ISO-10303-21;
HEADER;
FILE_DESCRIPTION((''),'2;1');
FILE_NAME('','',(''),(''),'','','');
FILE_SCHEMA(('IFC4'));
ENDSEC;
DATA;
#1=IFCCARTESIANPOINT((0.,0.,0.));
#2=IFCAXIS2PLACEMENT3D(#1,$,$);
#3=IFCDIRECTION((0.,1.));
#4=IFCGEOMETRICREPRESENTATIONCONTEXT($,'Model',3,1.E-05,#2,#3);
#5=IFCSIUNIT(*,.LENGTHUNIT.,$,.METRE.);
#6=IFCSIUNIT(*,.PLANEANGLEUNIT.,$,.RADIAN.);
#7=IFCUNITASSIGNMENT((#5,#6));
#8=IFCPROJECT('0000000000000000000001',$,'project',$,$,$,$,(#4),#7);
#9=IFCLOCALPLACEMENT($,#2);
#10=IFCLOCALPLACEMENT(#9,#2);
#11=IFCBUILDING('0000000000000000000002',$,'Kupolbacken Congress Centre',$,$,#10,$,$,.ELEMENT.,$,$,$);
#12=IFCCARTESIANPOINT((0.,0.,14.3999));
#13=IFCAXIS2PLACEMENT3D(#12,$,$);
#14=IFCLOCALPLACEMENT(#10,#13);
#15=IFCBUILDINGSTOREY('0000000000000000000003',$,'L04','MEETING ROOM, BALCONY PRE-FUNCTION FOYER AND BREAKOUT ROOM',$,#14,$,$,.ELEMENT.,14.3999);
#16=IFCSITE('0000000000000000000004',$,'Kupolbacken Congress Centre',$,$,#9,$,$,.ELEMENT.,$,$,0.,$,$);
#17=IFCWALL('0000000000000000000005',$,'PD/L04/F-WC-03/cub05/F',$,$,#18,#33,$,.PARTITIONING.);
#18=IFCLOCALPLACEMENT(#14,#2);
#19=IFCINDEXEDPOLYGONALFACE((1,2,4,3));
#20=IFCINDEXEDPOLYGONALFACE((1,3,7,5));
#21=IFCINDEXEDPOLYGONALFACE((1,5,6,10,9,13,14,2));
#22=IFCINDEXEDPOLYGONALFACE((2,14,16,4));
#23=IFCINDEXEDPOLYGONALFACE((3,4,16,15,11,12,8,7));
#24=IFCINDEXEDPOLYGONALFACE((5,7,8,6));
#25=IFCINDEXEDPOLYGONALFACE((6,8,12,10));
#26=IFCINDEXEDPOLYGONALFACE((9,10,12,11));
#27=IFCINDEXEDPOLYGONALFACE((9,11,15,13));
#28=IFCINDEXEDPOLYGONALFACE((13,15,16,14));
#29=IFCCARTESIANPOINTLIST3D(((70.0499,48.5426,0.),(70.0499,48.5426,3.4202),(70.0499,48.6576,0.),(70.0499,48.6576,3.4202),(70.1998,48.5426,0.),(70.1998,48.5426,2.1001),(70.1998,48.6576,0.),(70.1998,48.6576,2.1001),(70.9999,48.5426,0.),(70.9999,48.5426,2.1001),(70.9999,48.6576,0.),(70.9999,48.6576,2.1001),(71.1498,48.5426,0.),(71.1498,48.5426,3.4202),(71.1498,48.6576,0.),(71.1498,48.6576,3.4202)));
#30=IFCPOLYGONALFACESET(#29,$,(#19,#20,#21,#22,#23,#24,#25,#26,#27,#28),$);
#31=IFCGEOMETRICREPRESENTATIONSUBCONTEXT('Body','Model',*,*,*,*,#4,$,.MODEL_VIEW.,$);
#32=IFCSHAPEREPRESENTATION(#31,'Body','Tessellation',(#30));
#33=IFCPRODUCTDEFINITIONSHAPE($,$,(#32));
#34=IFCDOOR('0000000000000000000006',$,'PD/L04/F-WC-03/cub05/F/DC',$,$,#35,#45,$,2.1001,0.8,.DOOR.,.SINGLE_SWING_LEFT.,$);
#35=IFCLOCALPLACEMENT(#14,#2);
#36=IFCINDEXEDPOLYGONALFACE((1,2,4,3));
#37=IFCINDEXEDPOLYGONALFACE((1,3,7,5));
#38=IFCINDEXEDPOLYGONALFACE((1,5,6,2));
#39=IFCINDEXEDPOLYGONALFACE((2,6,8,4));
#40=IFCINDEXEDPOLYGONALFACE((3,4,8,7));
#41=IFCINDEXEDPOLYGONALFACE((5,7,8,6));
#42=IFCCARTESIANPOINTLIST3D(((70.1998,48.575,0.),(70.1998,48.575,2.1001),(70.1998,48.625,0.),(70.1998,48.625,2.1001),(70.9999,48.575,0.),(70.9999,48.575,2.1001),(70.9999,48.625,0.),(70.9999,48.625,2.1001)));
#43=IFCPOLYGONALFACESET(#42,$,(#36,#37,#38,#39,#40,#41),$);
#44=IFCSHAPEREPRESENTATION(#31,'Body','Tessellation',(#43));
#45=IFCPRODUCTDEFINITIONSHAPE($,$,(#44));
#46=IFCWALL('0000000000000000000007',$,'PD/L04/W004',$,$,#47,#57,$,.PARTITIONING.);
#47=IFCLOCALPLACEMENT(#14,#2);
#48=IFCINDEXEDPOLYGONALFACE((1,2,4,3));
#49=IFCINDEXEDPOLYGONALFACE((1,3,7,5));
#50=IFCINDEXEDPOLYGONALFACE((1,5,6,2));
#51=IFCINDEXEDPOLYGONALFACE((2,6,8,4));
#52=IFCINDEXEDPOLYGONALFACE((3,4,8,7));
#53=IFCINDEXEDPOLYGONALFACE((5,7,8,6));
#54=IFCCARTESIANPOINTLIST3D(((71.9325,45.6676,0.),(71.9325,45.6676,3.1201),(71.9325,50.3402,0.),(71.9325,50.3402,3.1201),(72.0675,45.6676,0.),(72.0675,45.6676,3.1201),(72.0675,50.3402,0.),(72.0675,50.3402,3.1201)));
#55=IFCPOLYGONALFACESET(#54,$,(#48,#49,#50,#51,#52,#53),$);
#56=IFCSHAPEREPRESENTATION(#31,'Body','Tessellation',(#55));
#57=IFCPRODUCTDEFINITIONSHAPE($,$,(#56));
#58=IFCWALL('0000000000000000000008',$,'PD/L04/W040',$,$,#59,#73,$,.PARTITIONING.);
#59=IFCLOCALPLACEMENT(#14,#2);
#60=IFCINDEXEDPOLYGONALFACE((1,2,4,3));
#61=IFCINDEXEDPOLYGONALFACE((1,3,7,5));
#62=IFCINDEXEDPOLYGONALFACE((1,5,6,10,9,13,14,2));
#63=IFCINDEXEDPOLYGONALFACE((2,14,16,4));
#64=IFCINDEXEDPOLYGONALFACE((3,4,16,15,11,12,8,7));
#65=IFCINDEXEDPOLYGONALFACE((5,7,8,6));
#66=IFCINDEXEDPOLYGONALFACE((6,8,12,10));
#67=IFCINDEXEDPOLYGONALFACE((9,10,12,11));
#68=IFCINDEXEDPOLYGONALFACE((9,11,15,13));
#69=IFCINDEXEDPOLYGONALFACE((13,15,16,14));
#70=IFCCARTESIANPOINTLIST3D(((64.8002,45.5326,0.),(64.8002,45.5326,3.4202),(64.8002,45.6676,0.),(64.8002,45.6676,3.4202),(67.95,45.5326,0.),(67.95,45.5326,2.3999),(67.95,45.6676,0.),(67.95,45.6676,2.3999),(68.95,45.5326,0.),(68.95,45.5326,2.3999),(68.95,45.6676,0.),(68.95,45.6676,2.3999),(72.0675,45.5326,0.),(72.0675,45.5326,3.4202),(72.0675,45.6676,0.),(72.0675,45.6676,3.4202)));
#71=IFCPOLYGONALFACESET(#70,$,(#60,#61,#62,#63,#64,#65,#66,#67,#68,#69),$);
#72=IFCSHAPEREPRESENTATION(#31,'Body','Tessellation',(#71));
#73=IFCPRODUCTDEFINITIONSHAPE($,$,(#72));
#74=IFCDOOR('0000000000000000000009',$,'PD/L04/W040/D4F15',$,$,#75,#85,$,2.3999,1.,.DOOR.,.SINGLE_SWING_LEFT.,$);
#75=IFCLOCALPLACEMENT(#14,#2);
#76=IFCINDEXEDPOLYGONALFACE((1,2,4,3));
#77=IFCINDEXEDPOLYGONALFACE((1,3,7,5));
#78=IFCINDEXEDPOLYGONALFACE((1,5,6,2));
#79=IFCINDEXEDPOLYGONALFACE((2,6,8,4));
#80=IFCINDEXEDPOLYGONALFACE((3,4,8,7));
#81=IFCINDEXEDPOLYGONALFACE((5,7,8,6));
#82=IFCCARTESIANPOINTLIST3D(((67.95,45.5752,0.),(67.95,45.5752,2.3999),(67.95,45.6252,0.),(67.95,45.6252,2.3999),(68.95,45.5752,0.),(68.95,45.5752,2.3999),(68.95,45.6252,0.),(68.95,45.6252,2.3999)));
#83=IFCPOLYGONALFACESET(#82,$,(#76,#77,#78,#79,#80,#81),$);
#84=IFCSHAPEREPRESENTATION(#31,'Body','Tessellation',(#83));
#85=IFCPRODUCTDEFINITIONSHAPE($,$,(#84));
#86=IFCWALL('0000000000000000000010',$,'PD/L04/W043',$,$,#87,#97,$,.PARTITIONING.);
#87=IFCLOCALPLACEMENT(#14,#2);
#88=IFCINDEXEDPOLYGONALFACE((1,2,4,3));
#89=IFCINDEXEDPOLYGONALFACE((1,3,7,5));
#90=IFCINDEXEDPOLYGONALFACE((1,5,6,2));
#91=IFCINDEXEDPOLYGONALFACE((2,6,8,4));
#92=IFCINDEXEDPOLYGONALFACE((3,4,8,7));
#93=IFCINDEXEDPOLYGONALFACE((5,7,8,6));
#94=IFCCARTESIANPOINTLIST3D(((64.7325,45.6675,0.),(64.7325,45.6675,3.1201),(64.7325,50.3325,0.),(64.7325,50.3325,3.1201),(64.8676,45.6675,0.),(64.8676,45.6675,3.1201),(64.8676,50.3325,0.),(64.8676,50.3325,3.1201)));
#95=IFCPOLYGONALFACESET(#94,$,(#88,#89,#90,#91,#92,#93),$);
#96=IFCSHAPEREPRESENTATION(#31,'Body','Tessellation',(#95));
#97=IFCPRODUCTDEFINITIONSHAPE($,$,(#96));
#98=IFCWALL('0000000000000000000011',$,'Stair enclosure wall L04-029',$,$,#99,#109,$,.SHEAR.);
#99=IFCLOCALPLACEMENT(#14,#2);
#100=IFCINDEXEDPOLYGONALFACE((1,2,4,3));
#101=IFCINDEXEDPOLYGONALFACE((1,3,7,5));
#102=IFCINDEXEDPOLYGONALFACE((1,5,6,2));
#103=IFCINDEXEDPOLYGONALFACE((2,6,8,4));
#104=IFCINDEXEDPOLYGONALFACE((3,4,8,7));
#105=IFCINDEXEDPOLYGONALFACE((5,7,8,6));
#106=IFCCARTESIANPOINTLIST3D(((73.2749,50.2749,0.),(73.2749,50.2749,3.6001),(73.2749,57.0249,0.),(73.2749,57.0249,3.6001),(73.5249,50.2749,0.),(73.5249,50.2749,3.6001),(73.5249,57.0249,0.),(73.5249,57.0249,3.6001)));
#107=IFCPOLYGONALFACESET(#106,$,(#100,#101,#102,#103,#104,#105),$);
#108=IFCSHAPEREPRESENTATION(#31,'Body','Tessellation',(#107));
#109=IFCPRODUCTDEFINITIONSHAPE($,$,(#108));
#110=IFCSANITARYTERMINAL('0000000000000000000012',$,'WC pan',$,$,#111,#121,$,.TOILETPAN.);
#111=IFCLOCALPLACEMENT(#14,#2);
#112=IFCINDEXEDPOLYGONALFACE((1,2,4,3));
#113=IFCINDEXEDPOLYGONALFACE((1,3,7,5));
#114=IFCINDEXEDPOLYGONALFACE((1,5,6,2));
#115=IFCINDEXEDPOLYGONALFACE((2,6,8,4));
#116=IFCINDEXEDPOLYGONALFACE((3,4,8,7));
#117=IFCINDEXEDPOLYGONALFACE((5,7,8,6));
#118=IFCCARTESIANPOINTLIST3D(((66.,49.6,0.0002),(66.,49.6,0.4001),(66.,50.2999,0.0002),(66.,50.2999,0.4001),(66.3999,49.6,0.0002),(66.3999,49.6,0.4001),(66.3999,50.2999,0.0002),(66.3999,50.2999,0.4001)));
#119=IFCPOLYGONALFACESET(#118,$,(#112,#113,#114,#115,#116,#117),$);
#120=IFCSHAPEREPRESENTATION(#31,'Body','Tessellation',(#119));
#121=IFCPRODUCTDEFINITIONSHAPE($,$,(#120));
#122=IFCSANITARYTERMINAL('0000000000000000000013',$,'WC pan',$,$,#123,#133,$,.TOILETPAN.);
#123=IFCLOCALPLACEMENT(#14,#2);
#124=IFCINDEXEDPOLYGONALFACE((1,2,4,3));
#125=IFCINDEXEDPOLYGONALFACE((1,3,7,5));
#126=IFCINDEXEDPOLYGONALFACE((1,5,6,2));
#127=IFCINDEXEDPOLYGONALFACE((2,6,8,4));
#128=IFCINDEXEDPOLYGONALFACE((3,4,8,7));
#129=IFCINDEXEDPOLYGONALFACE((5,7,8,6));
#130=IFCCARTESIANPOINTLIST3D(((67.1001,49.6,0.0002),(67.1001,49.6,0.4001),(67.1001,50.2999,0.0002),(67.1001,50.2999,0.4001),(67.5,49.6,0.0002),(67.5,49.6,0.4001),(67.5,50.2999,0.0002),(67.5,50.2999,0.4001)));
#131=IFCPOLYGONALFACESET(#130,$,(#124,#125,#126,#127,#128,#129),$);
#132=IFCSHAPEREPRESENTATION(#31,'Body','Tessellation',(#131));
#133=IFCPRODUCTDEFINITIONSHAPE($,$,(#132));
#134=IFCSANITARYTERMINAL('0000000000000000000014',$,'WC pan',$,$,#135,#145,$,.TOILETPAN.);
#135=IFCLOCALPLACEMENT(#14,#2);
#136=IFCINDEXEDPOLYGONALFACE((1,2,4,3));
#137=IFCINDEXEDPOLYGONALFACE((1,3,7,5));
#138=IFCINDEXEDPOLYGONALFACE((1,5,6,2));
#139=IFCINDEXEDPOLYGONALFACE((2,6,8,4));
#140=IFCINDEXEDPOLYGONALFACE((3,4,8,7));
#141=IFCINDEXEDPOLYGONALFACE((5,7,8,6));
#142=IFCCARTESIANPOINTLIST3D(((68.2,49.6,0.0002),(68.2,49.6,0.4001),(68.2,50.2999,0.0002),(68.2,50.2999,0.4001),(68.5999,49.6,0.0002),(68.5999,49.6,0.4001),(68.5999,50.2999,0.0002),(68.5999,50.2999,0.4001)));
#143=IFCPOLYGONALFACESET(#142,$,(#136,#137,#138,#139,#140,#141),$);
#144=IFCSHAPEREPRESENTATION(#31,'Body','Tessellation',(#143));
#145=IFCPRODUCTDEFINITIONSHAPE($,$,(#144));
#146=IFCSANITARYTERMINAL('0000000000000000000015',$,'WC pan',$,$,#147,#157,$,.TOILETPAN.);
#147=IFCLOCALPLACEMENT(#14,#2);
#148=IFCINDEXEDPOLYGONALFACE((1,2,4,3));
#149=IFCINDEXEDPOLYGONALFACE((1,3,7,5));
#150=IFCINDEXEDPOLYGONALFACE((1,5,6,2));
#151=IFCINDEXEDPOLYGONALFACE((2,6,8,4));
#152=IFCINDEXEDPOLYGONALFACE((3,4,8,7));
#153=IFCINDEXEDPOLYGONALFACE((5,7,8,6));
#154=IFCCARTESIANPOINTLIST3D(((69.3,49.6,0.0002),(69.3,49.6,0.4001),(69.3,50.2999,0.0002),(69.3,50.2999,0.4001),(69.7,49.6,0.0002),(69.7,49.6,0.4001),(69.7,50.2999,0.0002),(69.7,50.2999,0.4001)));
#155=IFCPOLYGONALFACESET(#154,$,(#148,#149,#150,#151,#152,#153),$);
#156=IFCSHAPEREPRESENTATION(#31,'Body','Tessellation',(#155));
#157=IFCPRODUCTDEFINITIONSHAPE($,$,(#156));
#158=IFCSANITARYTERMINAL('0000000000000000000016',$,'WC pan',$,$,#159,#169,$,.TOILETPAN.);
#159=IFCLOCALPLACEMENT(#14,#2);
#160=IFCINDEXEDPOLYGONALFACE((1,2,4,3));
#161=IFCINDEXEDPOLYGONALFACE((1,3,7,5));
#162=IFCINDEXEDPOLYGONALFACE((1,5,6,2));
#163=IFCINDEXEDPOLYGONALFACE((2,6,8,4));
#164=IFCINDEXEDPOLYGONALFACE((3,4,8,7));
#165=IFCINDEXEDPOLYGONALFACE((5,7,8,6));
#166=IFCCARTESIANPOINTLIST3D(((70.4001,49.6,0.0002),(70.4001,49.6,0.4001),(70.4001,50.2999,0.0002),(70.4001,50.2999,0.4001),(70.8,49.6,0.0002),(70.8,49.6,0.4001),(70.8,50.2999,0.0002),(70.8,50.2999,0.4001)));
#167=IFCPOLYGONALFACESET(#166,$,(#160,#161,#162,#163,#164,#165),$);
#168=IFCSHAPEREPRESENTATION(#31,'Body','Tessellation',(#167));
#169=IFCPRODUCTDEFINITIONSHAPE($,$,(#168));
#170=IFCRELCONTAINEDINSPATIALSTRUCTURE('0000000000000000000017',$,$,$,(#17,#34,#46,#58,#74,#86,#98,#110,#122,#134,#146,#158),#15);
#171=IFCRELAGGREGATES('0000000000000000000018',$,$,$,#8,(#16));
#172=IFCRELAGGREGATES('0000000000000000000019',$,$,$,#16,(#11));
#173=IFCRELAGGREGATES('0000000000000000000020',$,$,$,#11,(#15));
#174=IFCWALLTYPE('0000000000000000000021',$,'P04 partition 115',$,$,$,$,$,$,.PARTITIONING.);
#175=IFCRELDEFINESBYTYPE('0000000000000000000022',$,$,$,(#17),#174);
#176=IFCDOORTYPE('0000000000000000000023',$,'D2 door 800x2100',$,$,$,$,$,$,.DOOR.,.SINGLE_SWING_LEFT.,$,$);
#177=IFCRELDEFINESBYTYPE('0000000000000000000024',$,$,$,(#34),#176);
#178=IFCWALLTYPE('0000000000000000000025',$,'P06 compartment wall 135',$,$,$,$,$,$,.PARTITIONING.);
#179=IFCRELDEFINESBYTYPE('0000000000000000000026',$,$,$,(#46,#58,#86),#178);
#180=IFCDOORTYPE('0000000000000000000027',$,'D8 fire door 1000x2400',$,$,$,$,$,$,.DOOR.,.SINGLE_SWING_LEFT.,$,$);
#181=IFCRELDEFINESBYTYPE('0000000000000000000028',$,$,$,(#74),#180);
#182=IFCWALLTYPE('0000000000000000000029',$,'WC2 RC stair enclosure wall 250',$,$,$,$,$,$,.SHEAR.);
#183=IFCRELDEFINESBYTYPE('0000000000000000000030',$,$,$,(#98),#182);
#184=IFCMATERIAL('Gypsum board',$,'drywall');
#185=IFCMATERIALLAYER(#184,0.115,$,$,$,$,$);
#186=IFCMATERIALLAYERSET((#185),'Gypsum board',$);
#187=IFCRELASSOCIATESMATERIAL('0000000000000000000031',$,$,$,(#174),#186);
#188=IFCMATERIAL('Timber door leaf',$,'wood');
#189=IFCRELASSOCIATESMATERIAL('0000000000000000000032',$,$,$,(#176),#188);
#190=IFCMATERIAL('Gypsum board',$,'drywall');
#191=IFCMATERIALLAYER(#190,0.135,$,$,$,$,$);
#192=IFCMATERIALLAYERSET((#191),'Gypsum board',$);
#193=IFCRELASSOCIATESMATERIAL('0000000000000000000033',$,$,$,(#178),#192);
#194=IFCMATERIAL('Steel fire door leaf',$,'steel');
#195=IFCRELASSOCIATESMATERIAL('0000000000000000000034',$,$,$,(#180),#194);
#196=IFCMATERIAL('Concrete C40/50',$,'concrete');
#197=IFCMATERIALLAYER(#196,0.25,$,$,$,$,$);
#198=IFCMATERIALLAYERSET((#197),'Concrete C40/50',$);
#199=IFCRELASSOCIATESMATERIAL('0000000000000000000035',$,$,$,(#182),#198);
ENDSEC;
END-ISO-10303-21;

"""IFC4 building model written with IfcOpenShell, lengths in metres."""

from ifc_helpers import new_model, si_unit, direction, frame, frame_2d, origin, origin_2d, place, context, subcontext, project, spatial, rectangle, extrude, material, layer, layer_set, type_object, element, fill, save


model = new_model("IFC4")

# Units and contexts
model_context = context("Model", 3, precision=1e-05, world=origin(), true_north=direction((0.0, 1.0)))
body_context = subcontext(model_context, "Body", "Model", "MODEL_VIEW")
ifc_project = project(units=[si_unit("LENGTHUNIT", "METRE"), si_unit("PLANEANGLEUNIT", "RADIAN")], contexts=[model_context])

# Site, building, storey
site_placement = place(None, origin())
site = spatial("IfcSite", under=ifc_project, at=site_placement, Name="Kupolbacken Congress Centre", CompositionType="ELEMENT", RefElevation=0.0)
building_placement = place(site_placement, origin())
building = spatial("IfcBuilding", under=site, at=building_placement, Name="Kupolbacken Congress Centre", CompositionType="ELEMENT")
storey_placement = place(building_placement, frame((0.0, 0.0, 14.3999)))
storey = spatial("IfcBuildingStorey", under=building, at=storey_placement, Name="L04", Description="MEETING ROOM, BALCONY PRE-FUNCTION FOYER AND BREAKOUT ROOM", CompositionType="ELEMENT", Elevation=14.3999)

# Shared definitions
ifc_material_1 = material(Name="Gypsum board", Category="drywall")
ifc_layer_1 = layer(ifc_material_1, 0.115)
ifc_layer_set_1 = layer_set([ifc_layer_1], Name="Gypsum board")
wall_type_1 = type_object("IfcWallType", Name="P04 partition 115", PredefinedType="PARTITIONING", material=ifc_layer_set_1)
ifc_material_2 = material(Name="Timber door leaf", Category="wood")
door_type_1 = type_object("IfcDoorType", Name="D2 door 800x2100", OperationType="SINGLE_SWING_LEFT", PredefinedType="DOOR", material=ifc_material_2)

# Wall, opening, door
wall_1_placement = place(storey_placement, frame((70.05, 48.6001, 0.0), z_axis=(0.0, 0.0, 1.0), x_axis=(1.0, 0.0, 0.0)))
wall_1 = element("IfcWall", 1, at=wall_1_placement, inside=storey, type_object=wall_type_1, Name="PD/L04/F-WC-03/cub05/F", PredefinedType="PARTITIONING", context=body_context, shape_type="SweptSolid", body=[
    extrude(rectangle(XDim=1.0999, YDim=0.115, at=frame_2d((0.5498, 0.0))), origin(), (0.0, 0.0, 1.0), 3.4202),
])
opening_1_placement = place(wall_1_placement, frame((0.1499, 0.0, 0.0)))
opening_1 = element("IfcOpeningElement", 2, at=opening_1_placement, cuts=wall_1, PredefinedType="OPENING", context=body_context, shape_type="SweptSolid", body=[
    extrude(rectangle(XDim=0.8, YDim=2.1001, at=frame_2d((0.3999, 1.05))), frame((0.0, 0.0674, 0.0), z_axis=(0.0, -1.0, 0.0), x_axis=(1.0, 0.0, 0.0)), (0.0, 0.0, 1.0), 0.135),
])
door_1_placement = place(opening_1_placement, origin())
door_1 = element("IfcDoor", 3, at=door_1_placement, inside=storey, type_object=door_type_1, Name="PD/L04/F-WC-03/cub05/F/DC", OperationType="SINGLE_SWING_LEFT", OverallHeight=2.1001, OverallWidth=0.8, PredefinedType="DOOR", context=body_context, shape_type="SweptSolid", body=[
    extrude(rectangle(XDim=0.8, YDim=2.1001, at=frame_2d((0.3999, 1.05))), frame((0.0, 0.0249, 0.0), z_axis=(0.0, -1.0, 0.0), x_axis=(1.0, 0.0, 0.0)), (0.0, 0.0, 1.0), 0.05),
])
fill(opening_1, door_1)

# Wall
ifc_material_3 = material(Name="Gypsum board", Category="drywall")
ifc_layer_2 = layer(ifc_material_3, 0.135)
ifc_layer_set_2 = layer_set([ifc_layer_2], Name="Gypsum board")
wall_type_2 = type_object("IfcWallType", Name="P06 compartment wall 135", PredefinedType="PARTITIONING", material=ifc_layer_set_2)
wall_2_placement = place(storey_placement, frame((72.0, 45.6675, 0.0), z_axis=(0.0, 0.0, 1.0), x_axis=(0.0, 1.0, 0.0)))
element("IfcWall", 4, at=wall_2_placement, inside=storey, type_object=wall_type_2, Name="PD/L04/W004", PredefinedType="PARTITIONING", context=body_context, shape_type="SweptSolid", body=[
    extrude(rectangle(XDim=4.6726, YDim=0.135, at=frame_2d((2.3364, 0.0))), origin(), (0.0, 0.0, 1.0), 3.1201),
])

# Wall, opening, door
wall_3_placement = place(storey_placement, frame((64.8, 45.6001, 0.0), z_axis=(0.0, 0.0, 1.0), x_axis=(1.0, 0.0, 0.0)))
wall_3 = element("IfcWall", 5, at=wall_3_placement, inside=storey, type_object=wall_type_2, Name="PD/L04/W040", PredefinedType="PARTITIONING", context=body_context, shape_type="SweptSolid", body=[
    extrude(rectangle(XDim=7.2673, YDim=0.135, at=frame_2d((3.6338, 0.0))), origin(), (0.0, 0.0, 1.0), 3.4202),
])
opening_2_placement = place(wall_3_placement, frame((3.1499, 0.0, 0.0)))
opening_2 = element("IfcOpeningElement", 6, at=opening_2_placement, cuts=wall_3, PredefinedType="OPENING", context=body_context, shape_type="SweptSolid", body=[
    extrude(rectangle(XDim=1.0, YDim=2.3999, at=frame_2d((0.5, 1.2))), frame((0.0, 0.0774, 0.0), z_axis=(0.0, -1.0, 0.0), x_axis=(1.0, 0.0, 0.0)), (0.0, 0.0, 1.0), 0.155),
])
ifc_material_4 = material(Name="Steel fire door leaf", Category="steel")
door_type_2 = type_object("IfcDoorType", Name="D8 fire door 1000x2400", OperationType="SINGLE_SWING_LEFT", PredefinedType="DOOR", material=ifc_material_4)
door_2_placement = place(opening_2_placement, frame((1.0, 0.0, 0.0), z_axis=(0.0, 0.0, 1.0), x_axis=(-1.0, 0.0, 0.0)))
door_2 = element("IfcDoor", 7, at=door_2_placement, inside=storey, type_object=door_type_2, Name="PD/L04/W040/D4F15", OperationType="SINGLE_SWING_LEFT", OverallHeight=2.3999, OverallWidth=1.0, PredefinedType="DOOR", context=body_context, shape_type="SweptSolid", body=[
    extrude(rectangle(XDim=1.0, YDim=2.3999, at=frame_2d((0.5, 1.2))), frame((0.0, 0.0249, 0.0), z_axis=(0.0, -1.0, 0.0), x_axis=(1.0, 0.0, 0.0)), (0.0, 0.0, 1.0), 0.05),
])
fill(opening_2, door_2)

# Walls
wall_4_placement = place(storey_placement, frame((64.8, 50.3325, 0.0), z_axis=(0.0, 0.0, 1.0), x_axis=(0.0, -1.0, 0.0)))
element("IfcWall", 8, at=wall_4_placement, inside=storey, type_object=wall_type_2, Name="PD/L04/W043", PredefinedType="PARTITIONING", context=body_context, shape_type="SweptSolid", body=[
    extrude(rectangle(XDim=4.665, YDim=0.135, at=frame_2d((2.3325, 0.0))), origin(), (0.0, 0.0, 1.0), 3.1201),
])
ifc_material_5 = material(Name="Concrete C40/50", Category="concrete")
ifc_layer_3 = layer(ifc_material_5, 0.25)
ifc_layer_set_3 = layer_set([ifc_layer_3], Name="Concrete C40/50")
wall_type_3 = type_object("IfcWallType", Name="WC2 RC stair enclosure wall 250", PredefinedType="SHEAR", material=ifc_layer_set_3)
wall_5_placement = place(storey_placement, frame((73.3999, 50.2749, 0.0), z_axis=(0.0, 0.0, 1.0), x_axis=(0.0, 1.0, 0.0)))
element("IfcWall", 9, at=wall_5_placement, inside=storey, type_object=wall_type_3, Name="Stair enclosure wall L04-029", PredefinedType="SHEAR", context=body_context, shape_type="SweptSolid", body=[
    extrude(rectangle(XDim=6.75, YDim=0.25, at=frame_2d((3.375, 0.0))), origin(), (0.0, 0.0, 1.0), 3.6001),
])

# Sanitary terminals
for number, where, z_axis, x_axis, name in (
    (10, (66.2, 49.95, 0.0002), (0.0, 0.0, 1.0), (1.0, 0.0, 0.0), "WC pan"),
    (11, (67.3, 49.95, 0.0002), (0.0, 0.0, 1.0), (1.0, 0.0, 0.0), "WC pan"),
    (12, (68.3999, 49.95, 0.0002), (0.0, 0.0, 1.0), (1.0, 0.0, 0.0), "WC pan"),
    (13, (69.5, 49.95, 0.0002), (0.0, 0.0, 1.0), (1.0, 0.0, 0.0), "WC pan"),
    (14, (70.6001, 49.95, 0.0002), (0.0, 0.0, 1.0), (1.0, 0.0, 0.0), "WC pan"),
):
    element("IfcSanitaryTerminal", number, at=place(storey_placement, frame(where, z_axis=z_axis, x_axis=x_axis)), inside=storey, Name=name, PredefinedType="TOILETPAN", context=body_context, shape_type="SweptSolid", body=[
        extrude(rectangle(XDim=0.3999, YDim=0.7, at=origin_2d()), origin(), (0.0, 0.0, 1.0), 0.3999),
    ])

save(model, "model.ifc")
